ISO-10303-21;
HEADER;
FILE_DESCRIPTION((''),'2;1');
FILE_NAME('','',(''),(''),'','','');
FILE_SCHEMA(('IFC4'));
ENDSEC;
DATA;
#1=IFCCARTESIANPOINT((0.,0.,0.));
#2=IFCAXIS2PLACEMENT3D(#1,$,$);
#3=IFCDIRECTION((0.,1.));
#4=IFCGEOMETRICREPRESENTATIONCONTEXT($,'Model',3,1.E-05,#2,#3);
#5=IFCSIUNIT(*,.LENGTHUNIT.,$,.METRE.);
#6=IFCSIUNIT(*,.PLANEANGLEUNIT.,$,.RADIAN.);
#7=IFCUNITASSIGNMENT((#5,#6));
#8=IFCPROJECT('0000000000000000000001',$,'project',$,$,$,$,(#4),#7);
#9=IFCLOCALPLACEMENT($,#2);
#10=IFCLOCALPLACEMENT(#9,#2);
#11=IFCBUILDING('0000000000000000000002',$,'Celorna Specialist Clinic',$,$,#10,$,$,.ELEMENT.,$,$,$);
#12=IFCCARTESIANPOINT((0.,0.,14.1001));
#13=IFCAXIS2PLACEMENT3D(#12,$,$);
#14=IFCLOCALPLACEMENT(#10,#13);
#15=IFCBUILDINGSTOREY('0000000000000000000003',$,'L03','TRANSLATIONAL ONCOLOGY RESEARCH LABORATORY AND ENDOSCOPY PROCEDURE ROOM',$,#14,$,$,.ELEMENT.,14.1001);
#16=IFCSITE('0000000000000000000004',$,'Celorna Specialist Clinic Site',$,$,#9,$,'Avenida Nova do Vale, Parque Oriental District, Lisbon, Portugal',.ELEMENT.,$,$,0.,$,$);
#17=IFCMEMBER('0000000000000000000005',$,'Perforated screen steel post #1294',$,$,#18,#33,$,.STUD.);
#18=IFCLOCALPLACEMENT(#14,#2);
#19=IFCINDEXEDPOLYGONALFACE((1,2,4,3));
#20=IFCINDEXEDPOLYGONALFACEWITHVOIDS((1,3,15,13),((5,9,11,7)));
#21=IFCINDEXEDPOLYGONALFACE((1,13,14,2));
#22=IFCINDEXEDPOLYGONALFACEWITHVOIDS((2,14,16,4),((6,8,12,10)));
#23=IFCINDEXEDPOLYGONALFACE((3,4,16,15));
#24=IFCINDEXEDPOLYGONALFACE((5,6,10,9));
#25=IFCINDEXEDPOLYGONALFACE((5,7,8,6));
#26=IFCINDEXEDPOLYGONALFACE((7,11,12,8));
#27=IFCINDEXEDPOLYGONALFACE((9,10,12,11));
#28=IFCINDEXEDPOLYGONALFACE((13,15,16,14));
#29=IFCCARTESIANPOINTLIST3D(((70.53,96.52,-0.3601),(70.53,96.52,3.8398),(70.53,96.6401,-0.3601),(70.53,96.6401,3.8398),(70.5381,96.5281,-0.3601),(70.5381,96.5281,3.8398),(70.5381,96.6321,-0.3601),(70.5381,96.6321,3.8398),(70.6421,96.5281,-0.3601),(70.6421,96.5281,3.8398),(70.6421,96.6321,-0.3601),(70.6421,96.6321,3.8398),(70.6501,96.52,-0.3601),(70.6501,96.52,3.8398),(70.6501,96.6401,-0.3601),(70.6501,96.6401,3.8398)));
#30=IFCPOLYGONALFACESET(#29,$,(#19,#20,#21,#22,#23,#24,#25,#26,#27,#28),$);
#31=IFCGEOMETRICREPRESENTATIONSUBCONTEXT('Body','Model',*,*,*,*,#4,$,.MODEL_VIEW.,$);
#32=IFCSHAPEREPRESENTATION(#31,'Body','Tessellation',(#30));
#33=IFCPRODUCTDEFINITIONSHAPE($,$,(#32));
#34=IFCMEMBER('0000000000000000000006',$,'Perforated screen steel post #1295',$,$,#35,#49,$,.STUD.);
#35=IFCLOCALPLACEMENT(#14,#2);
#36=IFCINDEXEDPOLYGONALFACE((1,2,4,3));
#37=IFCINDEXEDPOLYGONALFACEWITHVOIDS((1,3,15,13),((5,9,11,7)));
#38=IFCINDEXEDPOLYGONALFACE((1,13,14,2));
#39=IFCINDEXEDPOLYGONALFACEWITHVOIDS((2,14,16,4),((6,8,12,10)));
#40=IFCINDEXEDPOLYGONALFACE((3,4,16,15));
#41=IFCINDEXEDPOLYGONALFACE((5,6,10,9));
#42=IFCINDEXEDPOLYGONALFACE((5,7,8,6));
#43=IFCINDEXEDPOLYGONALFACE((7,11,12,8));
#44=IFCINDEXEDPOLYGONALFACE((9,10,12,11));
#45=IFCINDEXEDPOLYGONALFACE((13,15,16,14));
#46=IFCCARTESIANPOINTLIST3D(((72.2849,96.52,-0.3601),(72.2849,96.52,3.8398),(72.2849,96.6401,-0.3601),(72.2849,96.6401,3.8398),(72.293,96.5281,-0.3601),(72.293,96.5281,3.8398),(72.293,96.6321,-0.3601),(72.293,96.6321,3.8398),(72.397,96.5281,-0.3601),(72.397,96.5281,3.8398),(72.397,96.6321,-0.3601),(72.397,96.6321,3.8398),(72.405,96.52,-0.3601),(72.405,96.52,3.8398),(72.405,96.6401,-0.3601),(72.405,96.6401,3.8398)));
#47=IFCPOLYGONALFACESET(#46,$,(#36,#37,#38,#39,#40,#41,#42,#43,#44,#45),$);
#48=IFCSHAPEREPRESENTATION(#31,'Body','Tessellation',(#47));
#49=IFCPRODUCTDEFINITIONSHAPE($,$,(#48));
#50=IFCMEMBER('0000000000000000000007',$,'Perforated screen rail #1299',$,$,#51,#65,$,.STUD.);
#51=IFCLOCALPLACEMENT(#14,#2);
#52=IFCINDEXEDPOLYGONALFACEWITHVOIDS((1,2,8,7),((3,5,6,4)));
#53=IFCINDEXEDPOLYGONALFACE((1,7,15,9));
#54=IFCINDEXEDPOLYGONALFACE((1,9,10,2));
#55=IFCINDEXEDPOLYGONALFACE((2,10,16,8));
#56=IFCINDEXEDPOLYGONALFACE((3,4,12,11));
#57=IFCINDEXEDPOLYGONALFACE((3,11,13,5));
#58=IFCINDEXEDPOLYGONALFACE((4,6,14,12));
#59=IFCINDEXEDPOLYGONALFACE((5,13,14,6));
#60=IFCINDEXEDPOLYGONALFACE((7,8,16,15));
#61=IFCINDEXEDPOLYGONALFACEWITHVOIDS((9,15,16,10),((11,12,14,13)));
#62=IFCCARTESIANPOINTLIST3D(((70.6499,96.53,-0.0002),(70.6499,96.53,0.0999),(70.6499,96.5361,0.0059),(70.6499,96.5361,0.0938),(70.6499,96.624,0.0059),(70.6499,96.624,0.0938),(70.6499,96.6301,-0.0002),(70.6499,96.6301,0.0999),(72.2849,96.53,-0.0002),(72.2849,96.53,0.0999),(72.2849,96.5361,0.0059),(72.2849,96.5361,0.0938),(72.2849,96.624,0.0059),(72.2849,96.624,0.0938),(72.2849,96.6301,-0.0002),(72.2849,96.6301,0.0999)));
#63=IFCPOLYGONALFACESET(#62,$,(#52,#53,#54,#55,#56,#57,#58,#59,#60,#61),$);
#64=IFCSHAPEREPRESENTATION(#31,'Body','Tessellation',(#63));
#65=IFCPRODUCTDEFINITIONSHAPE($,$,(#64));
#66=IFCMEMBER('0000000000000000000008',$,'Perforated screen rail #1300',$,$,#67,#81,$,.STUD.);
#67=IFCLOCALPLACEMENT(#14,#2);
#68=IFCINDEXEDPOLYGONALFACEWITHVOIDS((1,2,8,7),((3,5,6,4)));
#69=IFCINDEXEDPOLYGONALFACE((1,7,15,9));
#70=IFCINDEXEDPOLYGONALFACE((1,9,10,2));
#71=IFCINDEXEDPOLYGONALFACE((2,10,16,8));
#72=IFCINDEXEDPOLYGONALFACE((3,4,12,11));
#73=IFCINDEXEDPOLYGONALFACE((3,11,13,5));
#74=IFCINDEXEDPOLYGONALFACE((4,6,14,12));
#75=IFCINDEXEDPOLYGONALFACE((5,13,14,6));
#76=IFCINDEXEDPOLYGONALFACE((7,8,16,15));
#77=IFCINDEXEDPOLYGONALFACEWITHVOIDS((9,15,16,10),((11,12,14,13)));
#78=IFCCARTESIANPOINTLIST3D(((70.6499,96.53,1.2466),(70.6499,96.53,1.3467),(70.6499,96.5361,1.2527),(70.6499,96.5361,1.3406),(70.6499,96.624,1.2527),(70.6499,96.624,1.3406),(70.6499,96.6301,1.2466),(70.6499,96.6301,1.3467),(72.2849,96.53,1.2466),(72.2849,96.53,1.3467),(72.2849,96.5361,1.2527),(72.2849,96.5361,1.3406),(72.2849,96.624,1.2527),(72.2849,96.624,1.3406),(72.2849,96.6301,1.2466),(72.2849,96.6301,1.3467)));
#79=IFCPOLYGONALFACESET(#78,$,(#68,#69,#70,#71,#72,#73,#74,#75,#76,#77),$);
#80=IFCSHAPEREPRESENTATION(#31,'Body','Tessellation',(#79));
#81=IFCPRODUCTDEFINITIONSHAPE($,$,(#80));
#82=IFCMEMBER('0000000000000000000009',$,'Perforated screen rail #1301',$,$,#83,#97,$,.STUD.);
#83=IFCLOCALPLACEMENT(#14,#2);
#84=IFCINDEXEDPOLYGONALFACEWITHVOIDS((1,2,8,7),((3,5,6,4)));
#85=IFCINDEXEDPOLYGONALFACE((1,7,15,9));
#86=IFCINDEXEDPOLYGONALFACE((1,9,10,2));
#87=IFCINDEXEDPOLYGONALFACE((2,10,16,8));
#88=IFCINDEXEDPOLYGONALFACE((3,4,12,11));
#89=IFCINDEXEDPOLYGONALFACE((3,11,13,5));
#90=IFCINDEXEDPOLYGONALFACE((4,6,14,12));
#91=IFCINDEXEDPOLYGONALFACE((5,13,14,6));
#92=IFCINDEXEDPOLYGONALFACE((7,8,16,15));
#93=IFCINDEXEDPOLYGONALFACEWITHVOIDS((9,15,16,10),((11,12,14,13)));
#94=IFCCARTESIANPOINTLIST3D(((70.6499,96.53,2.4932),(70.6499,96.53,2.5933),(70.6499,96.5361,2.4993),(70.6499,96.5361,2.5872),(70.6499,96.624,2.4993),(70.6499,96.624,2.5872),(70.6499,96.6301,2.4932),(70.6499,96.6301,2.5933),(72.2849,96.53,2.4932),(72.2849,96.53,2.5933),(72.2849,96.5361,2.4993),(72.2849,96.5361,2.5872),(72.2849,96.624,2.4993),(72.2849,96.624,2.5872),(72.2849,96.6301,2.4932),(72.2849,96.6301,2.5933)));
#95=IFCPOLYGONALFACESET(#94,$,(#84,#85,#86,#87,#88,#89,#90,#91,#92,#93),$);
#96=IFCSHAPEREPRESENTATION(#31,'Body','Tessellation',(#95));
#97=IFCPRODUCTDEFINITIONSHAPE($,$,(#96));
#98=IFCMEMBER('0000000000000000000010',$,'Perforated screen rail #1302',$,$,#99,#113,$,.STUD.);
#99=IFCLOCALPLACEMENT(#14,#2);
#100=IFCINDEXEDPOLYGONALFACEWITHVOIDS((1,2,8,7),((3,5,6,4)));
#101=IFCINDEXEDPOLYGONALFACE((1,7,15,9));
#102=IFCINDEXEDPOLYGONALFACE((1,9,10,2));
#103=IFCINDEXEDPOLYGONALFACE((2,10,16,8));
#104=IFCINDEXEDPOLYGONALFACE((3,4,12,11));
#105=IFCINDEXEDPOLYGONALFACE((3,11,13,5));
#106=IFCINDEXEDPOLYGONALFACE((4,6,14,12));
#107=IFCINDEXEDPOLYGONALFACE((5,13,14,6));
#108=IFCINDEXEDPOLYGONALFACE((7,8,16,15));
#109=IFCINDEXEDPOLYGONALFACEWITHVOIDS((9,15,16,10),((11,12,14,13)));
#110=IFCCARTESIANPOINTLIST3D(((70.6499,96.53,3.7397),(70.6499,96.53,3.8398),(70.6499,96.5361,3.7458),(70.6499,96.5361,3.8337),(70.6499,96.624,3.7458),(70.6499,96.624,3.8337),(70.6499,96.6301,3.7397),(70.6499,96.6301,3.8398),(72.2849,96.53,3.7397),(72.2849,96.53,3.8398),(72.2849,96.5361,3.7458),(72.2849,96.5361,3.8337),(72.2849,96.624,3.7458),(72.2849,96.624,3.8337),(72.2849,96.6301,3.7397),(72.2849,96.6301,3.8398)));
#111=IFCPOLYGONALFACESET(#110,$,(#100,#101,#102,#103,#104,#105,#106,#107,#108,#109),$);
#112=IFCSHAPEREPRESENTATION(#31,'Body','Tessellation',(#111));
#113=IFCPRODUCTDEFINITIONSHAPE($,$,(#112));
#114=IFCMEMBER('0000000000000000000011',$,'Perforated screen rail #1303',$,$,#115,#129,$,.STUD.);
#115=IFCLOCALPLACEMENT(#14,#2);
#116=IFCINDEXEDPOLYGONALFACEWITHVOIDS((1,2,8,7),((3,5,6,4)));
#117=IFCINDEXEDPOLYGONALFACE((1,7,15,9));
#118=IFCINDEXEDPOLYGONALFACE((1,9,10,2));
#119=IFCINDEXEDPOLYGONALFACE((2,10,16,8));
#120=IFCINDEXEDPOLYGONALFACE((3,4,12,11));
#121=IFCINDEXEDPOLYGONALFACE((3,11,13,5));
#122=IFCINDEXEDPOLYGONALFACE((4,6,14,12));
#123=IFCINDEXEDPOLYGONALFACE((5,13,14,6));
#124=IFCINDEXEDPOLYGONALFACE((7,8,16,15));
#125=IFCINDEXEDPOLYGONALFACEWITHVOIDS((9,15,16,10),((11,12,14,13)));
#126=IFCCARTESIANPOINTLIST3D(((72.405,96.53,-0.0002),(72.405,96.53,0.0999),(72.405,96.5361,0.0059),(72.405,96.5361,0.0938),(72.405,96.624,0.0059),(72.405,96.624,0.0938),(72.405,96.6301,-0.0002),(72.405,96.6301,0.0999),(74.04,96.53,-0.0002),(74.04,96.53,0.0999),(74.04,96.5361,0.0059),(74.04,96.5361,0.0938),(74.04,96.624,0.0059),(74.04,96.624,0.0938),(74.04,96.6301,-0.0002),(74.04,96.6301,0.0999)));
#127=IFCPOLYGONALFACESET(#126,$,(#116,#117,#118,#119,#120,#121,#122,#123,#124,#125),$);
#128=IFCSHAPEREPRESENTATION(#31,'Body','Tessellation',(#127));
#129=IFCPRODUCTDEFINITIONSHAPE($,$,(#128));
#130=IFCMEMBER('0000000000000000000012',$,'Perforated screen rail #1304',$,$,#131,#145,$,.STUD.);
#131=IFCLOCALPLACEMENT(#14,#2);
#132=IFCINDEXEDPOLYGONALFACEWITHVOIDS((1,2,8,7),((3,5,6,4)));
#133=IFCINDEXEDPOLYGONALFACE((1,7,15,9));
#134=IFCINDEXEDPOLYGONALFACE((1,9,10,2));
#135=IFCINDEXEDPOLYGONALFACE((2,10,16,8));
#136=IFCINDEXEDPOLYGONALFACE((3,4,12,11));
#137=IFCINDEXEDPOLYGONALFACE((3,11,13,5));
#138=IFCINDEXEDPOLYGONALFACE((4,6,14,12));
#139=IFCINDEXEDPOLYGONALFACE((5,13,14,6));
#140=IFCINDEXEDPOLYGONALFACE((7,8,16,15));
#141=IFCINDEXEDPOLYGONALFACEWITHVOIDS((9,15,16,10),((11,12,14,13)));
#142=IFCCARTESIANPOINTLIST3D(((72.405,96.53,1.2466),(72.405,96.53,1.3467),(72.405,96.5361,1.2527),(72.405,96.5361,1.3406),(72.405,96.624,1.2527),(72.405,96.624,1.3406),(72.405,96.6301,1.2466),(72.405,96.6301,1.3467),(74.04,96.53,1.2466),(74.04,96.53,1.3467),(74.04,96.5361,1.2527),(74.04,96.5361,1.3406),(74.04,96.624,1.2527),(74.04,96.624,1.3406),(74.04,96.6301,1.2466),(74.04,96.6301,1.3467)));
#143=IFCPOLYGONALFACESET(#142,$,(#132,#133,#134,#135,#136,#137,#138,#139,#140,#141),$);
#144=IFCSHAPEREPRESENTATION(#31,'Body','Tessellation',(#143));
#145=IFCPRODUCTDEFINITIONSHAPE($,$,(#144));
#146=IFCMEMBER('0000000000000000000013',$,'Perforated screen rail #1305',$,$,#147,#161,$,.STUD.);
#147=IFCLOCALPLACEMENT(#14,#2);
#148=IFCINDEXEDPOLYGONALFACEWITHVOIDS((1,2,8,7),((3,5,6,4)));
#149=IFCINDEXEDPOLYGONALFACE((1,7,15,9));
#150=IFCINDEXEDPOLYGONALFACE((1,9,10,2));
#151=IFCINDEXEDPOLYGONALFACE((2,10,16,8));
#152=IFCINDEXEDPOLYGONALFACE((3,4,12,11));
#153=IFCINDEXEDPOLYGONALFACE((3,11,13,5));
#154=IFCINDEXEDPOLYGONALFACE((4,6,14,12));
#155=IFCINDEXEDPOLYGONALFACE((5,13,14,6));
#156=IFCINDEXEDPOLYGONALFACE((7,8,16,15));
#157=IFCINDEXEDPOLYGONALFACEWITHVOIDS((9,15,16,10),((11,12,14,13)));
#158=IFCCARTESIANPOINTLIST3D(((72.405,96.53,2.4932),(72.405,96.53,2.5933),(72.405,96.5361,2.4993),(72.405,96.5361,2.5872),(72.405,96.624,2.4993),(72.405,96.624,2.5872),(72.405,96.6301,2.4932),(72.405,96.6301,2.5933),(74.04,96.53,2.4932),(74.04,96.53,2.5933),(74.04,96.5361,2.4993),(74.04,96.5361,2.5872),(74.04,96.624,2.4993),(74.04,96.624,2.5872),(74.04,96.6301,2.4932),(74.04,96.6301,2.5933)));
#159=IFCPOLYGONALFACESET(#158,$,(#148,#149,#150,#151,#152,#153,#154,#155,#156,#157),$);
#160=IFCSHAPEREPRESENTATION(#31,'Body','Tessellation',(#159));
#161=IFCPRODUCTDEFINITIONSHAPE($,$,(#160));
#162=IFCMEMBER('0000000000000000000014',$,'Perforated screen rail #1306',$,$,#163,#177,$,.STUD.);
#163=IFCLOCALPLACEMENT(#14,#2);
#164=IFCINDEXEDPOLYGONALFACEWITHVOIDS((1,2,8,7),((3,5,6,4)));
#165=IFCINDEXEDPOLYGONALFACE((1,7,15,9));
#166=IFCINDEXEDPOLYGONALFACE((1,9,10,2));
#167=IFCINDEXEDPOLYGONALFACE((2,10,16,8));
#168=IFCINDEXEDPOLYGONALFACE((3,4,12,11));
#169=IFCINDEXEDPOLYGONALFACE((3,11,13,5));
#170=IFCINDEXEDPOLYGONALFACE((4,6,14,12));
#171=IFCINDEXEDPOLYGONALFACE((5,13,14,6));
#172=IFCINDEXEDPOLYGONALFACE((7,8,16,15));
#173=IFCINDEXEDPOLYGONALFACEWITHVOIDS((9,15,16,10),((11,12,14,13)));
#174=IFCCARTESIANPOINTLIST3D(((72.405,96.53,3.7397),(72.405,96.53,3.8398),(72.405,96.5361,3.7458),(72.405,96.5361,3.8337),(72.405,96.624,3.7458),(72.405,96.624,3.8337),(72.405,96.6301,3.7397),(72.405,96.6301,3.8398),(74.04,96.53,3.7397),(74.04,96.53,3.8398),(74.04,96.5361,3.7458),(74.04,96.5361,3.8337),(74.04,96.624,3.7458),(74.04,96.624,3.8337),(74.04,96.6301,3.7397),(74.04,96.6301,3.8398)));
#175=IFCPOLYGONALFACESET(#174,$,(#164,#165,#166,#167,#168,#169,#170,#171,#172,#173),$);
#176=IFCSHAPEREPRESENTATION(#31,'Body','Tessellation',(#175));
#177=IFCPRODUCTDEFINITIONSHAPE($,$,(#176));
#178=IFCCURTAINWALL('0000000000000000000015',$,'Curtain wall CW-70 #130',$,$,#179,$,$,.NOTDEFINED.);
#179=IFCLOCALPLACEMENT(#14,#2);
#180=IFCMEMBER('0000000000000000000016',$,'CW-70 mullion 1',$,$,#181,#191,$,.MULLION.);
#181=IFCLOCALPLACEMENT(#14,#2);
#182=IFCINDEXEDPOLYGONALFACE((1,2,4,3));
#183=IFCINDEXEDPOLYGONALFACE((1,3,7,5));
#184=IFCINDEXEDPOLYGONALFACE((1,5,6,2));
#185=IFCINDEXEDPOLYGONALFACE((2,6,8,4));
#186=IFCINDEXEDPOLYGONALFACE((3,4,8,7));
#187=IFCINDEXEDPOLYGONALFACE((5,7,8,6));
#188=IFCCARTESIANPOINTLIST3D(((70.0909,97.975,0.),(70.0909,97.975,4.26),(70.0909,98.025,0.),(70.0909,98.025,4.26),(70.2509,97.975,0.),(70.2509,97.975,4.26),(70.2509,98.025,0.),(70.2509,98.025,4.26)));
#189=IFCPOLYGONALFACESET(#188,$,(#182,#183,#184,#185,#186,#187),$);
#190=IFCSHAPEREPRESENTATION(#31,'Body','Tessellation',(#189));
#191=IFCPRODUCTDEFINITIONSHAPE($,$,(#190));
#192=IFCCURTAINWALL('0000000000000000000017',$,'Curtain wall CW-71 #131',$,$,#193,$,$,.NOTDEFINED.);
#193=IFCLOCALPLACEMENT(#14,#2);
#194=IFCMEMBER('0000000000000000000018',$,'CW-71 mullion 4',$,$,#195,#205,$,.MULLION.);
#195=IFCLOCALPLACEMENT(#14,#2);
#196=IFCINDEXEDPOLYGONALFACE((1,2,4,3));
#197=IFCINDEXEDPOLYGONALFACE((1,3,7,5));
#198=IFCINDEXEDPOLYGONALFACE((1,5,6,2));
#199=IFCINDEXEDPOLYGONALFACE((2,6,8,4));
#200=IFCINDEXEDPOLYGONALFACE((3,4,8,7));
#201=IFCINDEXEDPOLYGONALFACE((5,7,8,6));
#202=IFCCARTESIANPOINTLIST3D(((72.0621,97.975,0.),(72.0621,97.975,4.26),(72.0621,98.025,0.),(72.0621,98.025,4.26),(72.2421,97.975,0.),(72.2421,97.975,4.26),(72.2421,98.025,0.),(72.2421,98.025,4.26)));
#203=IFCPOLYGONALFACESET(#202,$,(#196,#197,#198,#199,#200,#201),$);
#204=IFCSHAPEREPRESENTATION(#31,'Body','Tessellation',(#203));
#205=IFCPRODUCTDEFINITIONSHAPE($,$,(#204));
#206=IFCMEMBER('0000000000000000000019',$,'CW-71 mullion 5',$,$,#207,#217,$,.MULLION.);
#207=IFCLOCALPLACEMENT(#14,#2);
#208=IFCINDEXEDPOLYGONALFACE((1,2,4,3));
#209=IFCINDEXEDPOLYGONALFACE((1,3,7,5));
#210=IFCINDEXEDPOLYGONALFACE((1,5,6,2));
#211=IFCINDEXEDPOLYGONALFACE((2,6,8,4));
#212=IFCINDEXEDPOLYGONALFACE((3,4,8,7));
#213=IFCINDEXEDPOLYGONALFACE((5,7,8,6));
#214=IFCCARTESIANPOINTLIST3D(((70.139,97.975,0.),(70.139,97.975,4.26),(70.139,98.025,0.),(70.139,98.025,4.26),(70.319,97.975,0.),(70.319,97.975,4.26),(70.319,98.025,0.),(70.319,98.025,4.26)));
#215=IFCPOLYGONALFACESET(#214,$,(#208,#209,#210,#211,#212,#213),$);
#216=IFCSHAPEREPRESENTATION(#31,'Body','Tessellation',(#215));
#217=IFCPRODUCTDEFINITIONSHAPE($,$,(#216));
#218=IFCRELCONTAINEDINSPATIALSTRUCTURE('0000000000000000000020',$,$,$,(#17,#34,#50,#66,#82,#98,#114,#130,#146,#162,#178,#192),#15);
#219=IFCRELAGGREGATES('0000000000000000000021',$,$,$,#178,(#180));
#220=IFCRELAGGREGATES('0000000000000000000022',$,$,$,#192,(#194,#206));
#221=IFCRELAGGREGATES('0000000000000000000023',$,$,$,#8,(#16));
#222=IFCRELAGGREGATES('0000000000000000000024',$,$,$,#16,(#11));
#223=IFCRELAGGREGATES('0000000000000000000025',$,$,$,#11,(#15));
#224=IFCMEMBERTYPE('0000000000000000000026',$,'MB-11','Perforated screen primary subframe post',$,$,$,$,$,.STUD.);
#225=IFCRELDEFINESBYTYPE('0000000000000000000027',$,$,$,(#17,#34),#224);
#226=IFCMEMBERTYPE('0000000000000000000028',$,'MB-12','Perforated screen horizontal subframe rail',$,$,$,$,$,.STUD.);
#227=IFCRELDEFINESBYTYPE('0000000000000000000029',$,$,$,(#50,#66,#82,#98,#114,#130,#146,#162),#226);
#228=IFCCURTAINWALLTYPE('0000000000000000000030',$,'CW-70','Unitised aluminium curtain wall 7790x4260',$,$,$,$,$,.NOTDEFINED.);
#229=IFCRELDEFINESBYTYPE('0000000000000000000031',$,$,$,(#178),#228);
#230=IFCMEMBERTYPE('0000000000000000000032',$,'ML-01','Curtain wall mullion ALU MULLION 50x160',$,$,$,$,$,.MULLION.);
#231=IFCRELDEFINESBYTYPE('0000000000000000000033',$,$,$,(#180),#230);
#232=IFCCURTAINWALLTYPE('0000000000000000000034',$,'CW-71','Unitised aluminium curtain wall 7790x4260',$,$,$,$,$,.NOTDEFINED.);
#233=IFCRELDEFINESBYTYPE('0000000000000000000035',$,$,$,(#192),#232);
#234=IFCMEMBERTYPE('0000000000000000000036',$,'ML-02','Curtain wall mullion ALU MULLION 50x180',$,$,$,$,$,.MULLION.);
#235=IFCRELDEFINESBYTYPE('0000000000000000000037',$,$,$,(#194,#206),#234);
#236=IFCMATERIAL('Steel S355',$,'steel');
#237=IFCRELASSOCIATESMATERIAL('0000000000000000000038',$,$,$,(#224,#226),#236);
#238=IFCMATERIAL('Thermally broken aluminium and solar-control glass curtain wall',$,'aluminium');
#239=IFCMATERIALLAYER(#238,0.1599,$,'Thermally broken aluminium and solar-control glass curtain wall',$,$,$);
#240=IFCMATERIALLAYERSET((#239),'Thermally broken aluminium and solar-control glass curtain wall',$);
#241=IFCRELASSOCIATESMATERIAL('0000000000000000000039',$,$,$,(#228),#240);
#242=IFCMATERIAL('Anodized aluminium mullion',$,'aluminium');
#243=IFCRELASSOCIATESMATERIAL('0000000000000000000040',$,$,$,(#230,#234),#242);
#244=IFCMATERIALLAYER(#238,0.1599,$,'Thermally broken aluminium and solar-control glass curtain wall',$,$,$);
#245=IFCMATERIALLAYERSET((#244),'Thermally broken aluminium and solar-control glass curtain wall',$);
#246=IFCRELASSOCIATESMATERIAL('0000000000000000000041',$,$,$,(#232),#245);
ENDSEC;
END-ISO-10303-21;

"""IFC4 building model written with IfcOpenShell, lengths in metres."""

from ifc_helpers import new_model, si_unit, direction, frame, origin, origin_2d, place, context, subcontext, project, spatial, rectangle, hollow_rectangle, extrude, material, layer, layer_set, material_profile, profile_set, type_object, element, aggregate, save


model = new_model("IFC4")

# Units and contexts
model_context = context("Model", 3, precision=1e-05, world=origin(), true_north=direction((0.0, 1.0)))
body_context = subcontext(model_context, "Body", "Model", "MODEL_VIEW")
ifc_project = project(units=[si_unit("LENGTHUNIT", "METRE"), si_unit("PLANEANGLEUNIT", "RADIAN")], contexts=[model_context])

# Site, building, storey
site_placement = place(None, origin())
site = spatial("IfcSite", under=ifc_project, at=site_placement, Name="Celorna Specialist Clinic Site", LongName="Avenida Nova do Vale, Parque Oriental District, Lisbon, Portugal", CompositionType="ELEMENT", RefElevation=0.0)
building_placement = place(site_placement, origin())
building = spatial("IfcBuilding", under=site, at=building_placement, Name="Celorna Specialist Clinic", CompositionType="ELEMENT")
storey_placement = place(building_placement, frame((0.0, 0.0, 14.1001)))
storey = spatial("IfcBuildingStorey", under=building, at=storey_placement, Name="L03", Description="TRANSLATIONAL ONCOLOGY RESEARCH LABORATORY AND ENDOSCOPY PROCEDURE ROOM", CompositionType="ELEMENT", Elevation=14.1001)

# Members
ifc_material_1 = material(Name="Steel S355", Category="steel")
ifc_material_profile_1 = material_profile(ifc_material_1, hollow_rectangle(XDim=0.1201, YDim=0.1201, WallThickness=0.0081, at=origin_2d()), Name="SHS 120x120x8")
ifc_profile_set_1 = profile_set([ifc_material_profile_1], Name="Steel S355")
member_type_1 = type_object("IfcMemberType", Name="MB-11", Description="Perforated screen primary subframe post", PredefinedType="STUD", material=ifc_profile_set_1)
for number, where, z_axis, x_axis, name in (
    (1, (70.5901, 96.5801, -0.3601), (0.0, 0.0, 1.0), (1.0, 0.0, 0.0), "Perforated screen steel post #1294"),
    (2, (72.345, 96.5801, -0.3601), (0.0, 0.0, 1.0), (1.0, 0.0, 0.0), "Perforated screen steel post #1295"),
):
    element("IfcMember", number, at=place(storey_placement, frame(where, z_axis=z_axis, x_axis=x_axis)), inside=storey, type_object=member_type_1, Name=name, PredefinedType="STUD", context=body_context, shape_type="SweptSolid", body=[
        extrude(hollow_rectangle(XDim=0.1201, YDim=0.1201, WallThickness=0.0081, at=origin_2d()), origin(), (0.0, 0.0, 1.0), 4.2),
    ])
ifc_material_profile_2 = material_profile(ifc_material_1, hollow_rectangle(XDim=0.1001, YDim=0.1001, WallThickness=0.0061, at=origin_2d()), Name="SHS 100x100x6")
ifc_profile_set_2 = profile_set([ifc_material_profile_2], Name="Steel S355")
member_type_2 = type_object("IfcMemberType", Name="MB-12", Description="Perforated screen horizontal subframe rail", PredefinedType="STUD", material=ifc_profile_set_2)
for number, where, z_axis, x_axis, name in (
    (3, (70.6499, 96.5801, 0.0498), (1.0, 0.0, 0.0), (0.0, 1.0, 0.0), "Perforated screen rail #1299"),
    (4, (70.6499, 96.5801, 1.2966), (1.0, 0.0, 0.0), (0.0, 1.0, 0.0), "Perforated screen rail #1300"),
    (5, (70.6499, 96.5801, 2.5432), (1.0, 0.0, 0.0), (0.0, 1.0, 0.0), "Perforated screen rail #1301"),
    (6, (70.6499, 96.5801, 3.7898), (1.0, 0.0, 0.0), (0.0, 1.0, 0.0), "Perforated screen rail #1302"),
    (7, (72.405, 96.5801, 0.0498), (1.0, 0.0, 0.0), (0.0, 1.0, 0.0), "Perforated screen rail #1303"),
    (8, (72.405, 96.5801, 1.2966), (1.0, 0.0, 0.0), (0.0, 1.0, 0.0), "Perforated screen rail #1304"),
    (9, (72.405, 96.5801, 2.5432), (1.0, 0.0, 0.0), (0.0, 1.0, 0.0), "Perforated screen rail #1305"),
    (10, (72.405, 96.5801, 3.7898), (1.0, 0.0, 0.0), (0.0, 1.0, 0.0), "Perforated screen rail #1306"),
):
    element("IfcMember", number, at=place(storey_placement, frame(where, z_axis=z_axis, x_axis=x_axis)), inside=storey, type_object=member_type_2, Name=name, PredefinedType="STUD", context=body_context, shape_type="SweptSolid", body=[
        extrude(hollow_rectangle(XDim=0.1001, YDim=0.1001, WallThickness=0.0061, at=origin_2d()), origin(), (0.0, 0.0, 1.0), 1.635),
    ])

# Curtain wall, member
ifc_material_2 = material(Name="Thermally broken aluminium and solar-control glass curtain wall", Category="aluminium")
ifc_layer_1 = layer(ifc_material_2, 0.1599, Name="Thermally broken aluminium and solar-control glass curtain wall")
ifc_layer_set_1 = layer_set([ifc_layer_1], Name="Thermally broken aluminium and solar-control glass curtain wall")
curtain_wall_type_1 = type_object("IfcCurtainWallType", Name="CW-70", Description="Unitised aluminium curtain wall 7790x4260", PredefinedType="NOTDEFINED", material=ifc_layer_set_1)
curtain_wall_1_placement = place(storey_placement, origin())
curtain_wall_1 = element("IfcCurtainWall", 11, at=curtain_wall_1_placement, inside=storey, type_object=curtain_wall_type_1, Name="Curtain wall CW-70 #130", PredefinedType="NOTDEFINED")
ifc_material_3 = material(Name="Anodized aluminium mullion", Category="aluminium")
ifc_material_profile_3 = material_profile(ifc_material_3, rectangle(XDim=0.05, YDim=0.1599, at=origin_2d()), Name="ALU MULLION 50x160")
ifc_profile_set_3 = profile_set([ifc_material_profile_3], Name="Anodized aluminium mullion")
member_type_3 = type_object("IfcMemberType", Name="ML-01", Description="Curtain wall mullion ALU MULLION 50x160", PredefinedType="MULLION", material=ifc_profile_set_3)
member_1_placement = place(storey_placement, frame((70.1709, 98.0, 0.0), z_axis=(0.0, 0.0, 1.0), x_axis=(0.0, -1.0, 0.0)))
member_1 = element("IfcMember", 12, at=member_1_placement, type_object=member_type_3, Name="CW-70 mullion 1", PredefinedType="MULLION", context=body_context, shape_type="SweptSolid", body=[
    extrude(rectangle(XDim=0.05, YDim=0.1599, at=origin_2d()), origin(), (0.0, 0.0, 1.0), 4.26),
])

# Curtain wall, members
ifc_layer_2 = layer(ifc_material_2, 0.1599, Name="Thermally broken aluminium and solar-control glass curtain wall")
ifc_layer_set_2 = layer_set([ifc_layer_2], Name="Thermally broken aluminium and solar-control glass curtain wall")
curtain_wall_type_2 = type_object("IfcCurtainWallType", Name="CW-71", Description="Unitised aluminium curtain wall 7790x4260", PredefinedType="NOTDEFINED", material=ifc_layer_set_2)
curtain_wall_2_placement = place(storey_placement, origin())
curtain_wall_2 = element("IfcCurtainWall", 13, at=curtain_wall_2_placement, inside=storey, type_object=curtain_wall_type_2, Name="Curtain wall CW-71 #131", PredefinedType="NOTDEFINED")
ifc_material_profile_4 = material_profile(ifc_material_3, rectangle(XDim=0.05, YDim=0.1799, at=origin_2d()), Name="ALU MULLION 50x180")
ifc_profile_set_4 = profile_set([ifc_material_profile_4], Name="Anodized aluminium mullion")
member_type_4 = type_object("IfcMemberType", Name="ML-02", Description="Curtain wall mullion ALU MULLION 50x180", PredefinedType="MULLION", material=ifc_profile_set_4)
member_2_placement = place(storey_placement, frame((72.1521, 98.0, 0.0), z_axis=(0.0, 0.0, 1.0), x_axis=(0.0, -1.0, 0.0)))
member_2 = element("IfcMember", 14, at=member_2_placement, type_object=member_type_4, Name="CW-71 mullion 4", PredefinedType="MULLION", context=body_context, shape_type="SweptSolid", body=[
    extrude(rectangle(XDim=0.05, YDim=0.1799, at=origin_2d()), origin(), (0.0, 0.0, 1.0), 4.26),
])
member_3_placement = place(storey_placement, frame((70.229, 98.0, 0.0), z_axis=(0.0, 0.0, 1.0), x_axis=(0.0, -1.0, 0.0)))
member_3 = element("IfcMember", 15, at=member_3_placement, type_object=member_type_4, Name="CW-71 mullion 5", PredefinedType="MULLION", context=body_context, shape_type="SweptSolid", body=[
    extrude(rectangle(XDim=0.05, YDim=0.1799, at=origin_2d()), origin(), (0.0, 0.0, 1.0), 4.26),
])

aggregate(curtain_wall_1, [member_1])

aggregate(curtain_wall_2, [member_2, member_3])

save(model, "model.ifc")
